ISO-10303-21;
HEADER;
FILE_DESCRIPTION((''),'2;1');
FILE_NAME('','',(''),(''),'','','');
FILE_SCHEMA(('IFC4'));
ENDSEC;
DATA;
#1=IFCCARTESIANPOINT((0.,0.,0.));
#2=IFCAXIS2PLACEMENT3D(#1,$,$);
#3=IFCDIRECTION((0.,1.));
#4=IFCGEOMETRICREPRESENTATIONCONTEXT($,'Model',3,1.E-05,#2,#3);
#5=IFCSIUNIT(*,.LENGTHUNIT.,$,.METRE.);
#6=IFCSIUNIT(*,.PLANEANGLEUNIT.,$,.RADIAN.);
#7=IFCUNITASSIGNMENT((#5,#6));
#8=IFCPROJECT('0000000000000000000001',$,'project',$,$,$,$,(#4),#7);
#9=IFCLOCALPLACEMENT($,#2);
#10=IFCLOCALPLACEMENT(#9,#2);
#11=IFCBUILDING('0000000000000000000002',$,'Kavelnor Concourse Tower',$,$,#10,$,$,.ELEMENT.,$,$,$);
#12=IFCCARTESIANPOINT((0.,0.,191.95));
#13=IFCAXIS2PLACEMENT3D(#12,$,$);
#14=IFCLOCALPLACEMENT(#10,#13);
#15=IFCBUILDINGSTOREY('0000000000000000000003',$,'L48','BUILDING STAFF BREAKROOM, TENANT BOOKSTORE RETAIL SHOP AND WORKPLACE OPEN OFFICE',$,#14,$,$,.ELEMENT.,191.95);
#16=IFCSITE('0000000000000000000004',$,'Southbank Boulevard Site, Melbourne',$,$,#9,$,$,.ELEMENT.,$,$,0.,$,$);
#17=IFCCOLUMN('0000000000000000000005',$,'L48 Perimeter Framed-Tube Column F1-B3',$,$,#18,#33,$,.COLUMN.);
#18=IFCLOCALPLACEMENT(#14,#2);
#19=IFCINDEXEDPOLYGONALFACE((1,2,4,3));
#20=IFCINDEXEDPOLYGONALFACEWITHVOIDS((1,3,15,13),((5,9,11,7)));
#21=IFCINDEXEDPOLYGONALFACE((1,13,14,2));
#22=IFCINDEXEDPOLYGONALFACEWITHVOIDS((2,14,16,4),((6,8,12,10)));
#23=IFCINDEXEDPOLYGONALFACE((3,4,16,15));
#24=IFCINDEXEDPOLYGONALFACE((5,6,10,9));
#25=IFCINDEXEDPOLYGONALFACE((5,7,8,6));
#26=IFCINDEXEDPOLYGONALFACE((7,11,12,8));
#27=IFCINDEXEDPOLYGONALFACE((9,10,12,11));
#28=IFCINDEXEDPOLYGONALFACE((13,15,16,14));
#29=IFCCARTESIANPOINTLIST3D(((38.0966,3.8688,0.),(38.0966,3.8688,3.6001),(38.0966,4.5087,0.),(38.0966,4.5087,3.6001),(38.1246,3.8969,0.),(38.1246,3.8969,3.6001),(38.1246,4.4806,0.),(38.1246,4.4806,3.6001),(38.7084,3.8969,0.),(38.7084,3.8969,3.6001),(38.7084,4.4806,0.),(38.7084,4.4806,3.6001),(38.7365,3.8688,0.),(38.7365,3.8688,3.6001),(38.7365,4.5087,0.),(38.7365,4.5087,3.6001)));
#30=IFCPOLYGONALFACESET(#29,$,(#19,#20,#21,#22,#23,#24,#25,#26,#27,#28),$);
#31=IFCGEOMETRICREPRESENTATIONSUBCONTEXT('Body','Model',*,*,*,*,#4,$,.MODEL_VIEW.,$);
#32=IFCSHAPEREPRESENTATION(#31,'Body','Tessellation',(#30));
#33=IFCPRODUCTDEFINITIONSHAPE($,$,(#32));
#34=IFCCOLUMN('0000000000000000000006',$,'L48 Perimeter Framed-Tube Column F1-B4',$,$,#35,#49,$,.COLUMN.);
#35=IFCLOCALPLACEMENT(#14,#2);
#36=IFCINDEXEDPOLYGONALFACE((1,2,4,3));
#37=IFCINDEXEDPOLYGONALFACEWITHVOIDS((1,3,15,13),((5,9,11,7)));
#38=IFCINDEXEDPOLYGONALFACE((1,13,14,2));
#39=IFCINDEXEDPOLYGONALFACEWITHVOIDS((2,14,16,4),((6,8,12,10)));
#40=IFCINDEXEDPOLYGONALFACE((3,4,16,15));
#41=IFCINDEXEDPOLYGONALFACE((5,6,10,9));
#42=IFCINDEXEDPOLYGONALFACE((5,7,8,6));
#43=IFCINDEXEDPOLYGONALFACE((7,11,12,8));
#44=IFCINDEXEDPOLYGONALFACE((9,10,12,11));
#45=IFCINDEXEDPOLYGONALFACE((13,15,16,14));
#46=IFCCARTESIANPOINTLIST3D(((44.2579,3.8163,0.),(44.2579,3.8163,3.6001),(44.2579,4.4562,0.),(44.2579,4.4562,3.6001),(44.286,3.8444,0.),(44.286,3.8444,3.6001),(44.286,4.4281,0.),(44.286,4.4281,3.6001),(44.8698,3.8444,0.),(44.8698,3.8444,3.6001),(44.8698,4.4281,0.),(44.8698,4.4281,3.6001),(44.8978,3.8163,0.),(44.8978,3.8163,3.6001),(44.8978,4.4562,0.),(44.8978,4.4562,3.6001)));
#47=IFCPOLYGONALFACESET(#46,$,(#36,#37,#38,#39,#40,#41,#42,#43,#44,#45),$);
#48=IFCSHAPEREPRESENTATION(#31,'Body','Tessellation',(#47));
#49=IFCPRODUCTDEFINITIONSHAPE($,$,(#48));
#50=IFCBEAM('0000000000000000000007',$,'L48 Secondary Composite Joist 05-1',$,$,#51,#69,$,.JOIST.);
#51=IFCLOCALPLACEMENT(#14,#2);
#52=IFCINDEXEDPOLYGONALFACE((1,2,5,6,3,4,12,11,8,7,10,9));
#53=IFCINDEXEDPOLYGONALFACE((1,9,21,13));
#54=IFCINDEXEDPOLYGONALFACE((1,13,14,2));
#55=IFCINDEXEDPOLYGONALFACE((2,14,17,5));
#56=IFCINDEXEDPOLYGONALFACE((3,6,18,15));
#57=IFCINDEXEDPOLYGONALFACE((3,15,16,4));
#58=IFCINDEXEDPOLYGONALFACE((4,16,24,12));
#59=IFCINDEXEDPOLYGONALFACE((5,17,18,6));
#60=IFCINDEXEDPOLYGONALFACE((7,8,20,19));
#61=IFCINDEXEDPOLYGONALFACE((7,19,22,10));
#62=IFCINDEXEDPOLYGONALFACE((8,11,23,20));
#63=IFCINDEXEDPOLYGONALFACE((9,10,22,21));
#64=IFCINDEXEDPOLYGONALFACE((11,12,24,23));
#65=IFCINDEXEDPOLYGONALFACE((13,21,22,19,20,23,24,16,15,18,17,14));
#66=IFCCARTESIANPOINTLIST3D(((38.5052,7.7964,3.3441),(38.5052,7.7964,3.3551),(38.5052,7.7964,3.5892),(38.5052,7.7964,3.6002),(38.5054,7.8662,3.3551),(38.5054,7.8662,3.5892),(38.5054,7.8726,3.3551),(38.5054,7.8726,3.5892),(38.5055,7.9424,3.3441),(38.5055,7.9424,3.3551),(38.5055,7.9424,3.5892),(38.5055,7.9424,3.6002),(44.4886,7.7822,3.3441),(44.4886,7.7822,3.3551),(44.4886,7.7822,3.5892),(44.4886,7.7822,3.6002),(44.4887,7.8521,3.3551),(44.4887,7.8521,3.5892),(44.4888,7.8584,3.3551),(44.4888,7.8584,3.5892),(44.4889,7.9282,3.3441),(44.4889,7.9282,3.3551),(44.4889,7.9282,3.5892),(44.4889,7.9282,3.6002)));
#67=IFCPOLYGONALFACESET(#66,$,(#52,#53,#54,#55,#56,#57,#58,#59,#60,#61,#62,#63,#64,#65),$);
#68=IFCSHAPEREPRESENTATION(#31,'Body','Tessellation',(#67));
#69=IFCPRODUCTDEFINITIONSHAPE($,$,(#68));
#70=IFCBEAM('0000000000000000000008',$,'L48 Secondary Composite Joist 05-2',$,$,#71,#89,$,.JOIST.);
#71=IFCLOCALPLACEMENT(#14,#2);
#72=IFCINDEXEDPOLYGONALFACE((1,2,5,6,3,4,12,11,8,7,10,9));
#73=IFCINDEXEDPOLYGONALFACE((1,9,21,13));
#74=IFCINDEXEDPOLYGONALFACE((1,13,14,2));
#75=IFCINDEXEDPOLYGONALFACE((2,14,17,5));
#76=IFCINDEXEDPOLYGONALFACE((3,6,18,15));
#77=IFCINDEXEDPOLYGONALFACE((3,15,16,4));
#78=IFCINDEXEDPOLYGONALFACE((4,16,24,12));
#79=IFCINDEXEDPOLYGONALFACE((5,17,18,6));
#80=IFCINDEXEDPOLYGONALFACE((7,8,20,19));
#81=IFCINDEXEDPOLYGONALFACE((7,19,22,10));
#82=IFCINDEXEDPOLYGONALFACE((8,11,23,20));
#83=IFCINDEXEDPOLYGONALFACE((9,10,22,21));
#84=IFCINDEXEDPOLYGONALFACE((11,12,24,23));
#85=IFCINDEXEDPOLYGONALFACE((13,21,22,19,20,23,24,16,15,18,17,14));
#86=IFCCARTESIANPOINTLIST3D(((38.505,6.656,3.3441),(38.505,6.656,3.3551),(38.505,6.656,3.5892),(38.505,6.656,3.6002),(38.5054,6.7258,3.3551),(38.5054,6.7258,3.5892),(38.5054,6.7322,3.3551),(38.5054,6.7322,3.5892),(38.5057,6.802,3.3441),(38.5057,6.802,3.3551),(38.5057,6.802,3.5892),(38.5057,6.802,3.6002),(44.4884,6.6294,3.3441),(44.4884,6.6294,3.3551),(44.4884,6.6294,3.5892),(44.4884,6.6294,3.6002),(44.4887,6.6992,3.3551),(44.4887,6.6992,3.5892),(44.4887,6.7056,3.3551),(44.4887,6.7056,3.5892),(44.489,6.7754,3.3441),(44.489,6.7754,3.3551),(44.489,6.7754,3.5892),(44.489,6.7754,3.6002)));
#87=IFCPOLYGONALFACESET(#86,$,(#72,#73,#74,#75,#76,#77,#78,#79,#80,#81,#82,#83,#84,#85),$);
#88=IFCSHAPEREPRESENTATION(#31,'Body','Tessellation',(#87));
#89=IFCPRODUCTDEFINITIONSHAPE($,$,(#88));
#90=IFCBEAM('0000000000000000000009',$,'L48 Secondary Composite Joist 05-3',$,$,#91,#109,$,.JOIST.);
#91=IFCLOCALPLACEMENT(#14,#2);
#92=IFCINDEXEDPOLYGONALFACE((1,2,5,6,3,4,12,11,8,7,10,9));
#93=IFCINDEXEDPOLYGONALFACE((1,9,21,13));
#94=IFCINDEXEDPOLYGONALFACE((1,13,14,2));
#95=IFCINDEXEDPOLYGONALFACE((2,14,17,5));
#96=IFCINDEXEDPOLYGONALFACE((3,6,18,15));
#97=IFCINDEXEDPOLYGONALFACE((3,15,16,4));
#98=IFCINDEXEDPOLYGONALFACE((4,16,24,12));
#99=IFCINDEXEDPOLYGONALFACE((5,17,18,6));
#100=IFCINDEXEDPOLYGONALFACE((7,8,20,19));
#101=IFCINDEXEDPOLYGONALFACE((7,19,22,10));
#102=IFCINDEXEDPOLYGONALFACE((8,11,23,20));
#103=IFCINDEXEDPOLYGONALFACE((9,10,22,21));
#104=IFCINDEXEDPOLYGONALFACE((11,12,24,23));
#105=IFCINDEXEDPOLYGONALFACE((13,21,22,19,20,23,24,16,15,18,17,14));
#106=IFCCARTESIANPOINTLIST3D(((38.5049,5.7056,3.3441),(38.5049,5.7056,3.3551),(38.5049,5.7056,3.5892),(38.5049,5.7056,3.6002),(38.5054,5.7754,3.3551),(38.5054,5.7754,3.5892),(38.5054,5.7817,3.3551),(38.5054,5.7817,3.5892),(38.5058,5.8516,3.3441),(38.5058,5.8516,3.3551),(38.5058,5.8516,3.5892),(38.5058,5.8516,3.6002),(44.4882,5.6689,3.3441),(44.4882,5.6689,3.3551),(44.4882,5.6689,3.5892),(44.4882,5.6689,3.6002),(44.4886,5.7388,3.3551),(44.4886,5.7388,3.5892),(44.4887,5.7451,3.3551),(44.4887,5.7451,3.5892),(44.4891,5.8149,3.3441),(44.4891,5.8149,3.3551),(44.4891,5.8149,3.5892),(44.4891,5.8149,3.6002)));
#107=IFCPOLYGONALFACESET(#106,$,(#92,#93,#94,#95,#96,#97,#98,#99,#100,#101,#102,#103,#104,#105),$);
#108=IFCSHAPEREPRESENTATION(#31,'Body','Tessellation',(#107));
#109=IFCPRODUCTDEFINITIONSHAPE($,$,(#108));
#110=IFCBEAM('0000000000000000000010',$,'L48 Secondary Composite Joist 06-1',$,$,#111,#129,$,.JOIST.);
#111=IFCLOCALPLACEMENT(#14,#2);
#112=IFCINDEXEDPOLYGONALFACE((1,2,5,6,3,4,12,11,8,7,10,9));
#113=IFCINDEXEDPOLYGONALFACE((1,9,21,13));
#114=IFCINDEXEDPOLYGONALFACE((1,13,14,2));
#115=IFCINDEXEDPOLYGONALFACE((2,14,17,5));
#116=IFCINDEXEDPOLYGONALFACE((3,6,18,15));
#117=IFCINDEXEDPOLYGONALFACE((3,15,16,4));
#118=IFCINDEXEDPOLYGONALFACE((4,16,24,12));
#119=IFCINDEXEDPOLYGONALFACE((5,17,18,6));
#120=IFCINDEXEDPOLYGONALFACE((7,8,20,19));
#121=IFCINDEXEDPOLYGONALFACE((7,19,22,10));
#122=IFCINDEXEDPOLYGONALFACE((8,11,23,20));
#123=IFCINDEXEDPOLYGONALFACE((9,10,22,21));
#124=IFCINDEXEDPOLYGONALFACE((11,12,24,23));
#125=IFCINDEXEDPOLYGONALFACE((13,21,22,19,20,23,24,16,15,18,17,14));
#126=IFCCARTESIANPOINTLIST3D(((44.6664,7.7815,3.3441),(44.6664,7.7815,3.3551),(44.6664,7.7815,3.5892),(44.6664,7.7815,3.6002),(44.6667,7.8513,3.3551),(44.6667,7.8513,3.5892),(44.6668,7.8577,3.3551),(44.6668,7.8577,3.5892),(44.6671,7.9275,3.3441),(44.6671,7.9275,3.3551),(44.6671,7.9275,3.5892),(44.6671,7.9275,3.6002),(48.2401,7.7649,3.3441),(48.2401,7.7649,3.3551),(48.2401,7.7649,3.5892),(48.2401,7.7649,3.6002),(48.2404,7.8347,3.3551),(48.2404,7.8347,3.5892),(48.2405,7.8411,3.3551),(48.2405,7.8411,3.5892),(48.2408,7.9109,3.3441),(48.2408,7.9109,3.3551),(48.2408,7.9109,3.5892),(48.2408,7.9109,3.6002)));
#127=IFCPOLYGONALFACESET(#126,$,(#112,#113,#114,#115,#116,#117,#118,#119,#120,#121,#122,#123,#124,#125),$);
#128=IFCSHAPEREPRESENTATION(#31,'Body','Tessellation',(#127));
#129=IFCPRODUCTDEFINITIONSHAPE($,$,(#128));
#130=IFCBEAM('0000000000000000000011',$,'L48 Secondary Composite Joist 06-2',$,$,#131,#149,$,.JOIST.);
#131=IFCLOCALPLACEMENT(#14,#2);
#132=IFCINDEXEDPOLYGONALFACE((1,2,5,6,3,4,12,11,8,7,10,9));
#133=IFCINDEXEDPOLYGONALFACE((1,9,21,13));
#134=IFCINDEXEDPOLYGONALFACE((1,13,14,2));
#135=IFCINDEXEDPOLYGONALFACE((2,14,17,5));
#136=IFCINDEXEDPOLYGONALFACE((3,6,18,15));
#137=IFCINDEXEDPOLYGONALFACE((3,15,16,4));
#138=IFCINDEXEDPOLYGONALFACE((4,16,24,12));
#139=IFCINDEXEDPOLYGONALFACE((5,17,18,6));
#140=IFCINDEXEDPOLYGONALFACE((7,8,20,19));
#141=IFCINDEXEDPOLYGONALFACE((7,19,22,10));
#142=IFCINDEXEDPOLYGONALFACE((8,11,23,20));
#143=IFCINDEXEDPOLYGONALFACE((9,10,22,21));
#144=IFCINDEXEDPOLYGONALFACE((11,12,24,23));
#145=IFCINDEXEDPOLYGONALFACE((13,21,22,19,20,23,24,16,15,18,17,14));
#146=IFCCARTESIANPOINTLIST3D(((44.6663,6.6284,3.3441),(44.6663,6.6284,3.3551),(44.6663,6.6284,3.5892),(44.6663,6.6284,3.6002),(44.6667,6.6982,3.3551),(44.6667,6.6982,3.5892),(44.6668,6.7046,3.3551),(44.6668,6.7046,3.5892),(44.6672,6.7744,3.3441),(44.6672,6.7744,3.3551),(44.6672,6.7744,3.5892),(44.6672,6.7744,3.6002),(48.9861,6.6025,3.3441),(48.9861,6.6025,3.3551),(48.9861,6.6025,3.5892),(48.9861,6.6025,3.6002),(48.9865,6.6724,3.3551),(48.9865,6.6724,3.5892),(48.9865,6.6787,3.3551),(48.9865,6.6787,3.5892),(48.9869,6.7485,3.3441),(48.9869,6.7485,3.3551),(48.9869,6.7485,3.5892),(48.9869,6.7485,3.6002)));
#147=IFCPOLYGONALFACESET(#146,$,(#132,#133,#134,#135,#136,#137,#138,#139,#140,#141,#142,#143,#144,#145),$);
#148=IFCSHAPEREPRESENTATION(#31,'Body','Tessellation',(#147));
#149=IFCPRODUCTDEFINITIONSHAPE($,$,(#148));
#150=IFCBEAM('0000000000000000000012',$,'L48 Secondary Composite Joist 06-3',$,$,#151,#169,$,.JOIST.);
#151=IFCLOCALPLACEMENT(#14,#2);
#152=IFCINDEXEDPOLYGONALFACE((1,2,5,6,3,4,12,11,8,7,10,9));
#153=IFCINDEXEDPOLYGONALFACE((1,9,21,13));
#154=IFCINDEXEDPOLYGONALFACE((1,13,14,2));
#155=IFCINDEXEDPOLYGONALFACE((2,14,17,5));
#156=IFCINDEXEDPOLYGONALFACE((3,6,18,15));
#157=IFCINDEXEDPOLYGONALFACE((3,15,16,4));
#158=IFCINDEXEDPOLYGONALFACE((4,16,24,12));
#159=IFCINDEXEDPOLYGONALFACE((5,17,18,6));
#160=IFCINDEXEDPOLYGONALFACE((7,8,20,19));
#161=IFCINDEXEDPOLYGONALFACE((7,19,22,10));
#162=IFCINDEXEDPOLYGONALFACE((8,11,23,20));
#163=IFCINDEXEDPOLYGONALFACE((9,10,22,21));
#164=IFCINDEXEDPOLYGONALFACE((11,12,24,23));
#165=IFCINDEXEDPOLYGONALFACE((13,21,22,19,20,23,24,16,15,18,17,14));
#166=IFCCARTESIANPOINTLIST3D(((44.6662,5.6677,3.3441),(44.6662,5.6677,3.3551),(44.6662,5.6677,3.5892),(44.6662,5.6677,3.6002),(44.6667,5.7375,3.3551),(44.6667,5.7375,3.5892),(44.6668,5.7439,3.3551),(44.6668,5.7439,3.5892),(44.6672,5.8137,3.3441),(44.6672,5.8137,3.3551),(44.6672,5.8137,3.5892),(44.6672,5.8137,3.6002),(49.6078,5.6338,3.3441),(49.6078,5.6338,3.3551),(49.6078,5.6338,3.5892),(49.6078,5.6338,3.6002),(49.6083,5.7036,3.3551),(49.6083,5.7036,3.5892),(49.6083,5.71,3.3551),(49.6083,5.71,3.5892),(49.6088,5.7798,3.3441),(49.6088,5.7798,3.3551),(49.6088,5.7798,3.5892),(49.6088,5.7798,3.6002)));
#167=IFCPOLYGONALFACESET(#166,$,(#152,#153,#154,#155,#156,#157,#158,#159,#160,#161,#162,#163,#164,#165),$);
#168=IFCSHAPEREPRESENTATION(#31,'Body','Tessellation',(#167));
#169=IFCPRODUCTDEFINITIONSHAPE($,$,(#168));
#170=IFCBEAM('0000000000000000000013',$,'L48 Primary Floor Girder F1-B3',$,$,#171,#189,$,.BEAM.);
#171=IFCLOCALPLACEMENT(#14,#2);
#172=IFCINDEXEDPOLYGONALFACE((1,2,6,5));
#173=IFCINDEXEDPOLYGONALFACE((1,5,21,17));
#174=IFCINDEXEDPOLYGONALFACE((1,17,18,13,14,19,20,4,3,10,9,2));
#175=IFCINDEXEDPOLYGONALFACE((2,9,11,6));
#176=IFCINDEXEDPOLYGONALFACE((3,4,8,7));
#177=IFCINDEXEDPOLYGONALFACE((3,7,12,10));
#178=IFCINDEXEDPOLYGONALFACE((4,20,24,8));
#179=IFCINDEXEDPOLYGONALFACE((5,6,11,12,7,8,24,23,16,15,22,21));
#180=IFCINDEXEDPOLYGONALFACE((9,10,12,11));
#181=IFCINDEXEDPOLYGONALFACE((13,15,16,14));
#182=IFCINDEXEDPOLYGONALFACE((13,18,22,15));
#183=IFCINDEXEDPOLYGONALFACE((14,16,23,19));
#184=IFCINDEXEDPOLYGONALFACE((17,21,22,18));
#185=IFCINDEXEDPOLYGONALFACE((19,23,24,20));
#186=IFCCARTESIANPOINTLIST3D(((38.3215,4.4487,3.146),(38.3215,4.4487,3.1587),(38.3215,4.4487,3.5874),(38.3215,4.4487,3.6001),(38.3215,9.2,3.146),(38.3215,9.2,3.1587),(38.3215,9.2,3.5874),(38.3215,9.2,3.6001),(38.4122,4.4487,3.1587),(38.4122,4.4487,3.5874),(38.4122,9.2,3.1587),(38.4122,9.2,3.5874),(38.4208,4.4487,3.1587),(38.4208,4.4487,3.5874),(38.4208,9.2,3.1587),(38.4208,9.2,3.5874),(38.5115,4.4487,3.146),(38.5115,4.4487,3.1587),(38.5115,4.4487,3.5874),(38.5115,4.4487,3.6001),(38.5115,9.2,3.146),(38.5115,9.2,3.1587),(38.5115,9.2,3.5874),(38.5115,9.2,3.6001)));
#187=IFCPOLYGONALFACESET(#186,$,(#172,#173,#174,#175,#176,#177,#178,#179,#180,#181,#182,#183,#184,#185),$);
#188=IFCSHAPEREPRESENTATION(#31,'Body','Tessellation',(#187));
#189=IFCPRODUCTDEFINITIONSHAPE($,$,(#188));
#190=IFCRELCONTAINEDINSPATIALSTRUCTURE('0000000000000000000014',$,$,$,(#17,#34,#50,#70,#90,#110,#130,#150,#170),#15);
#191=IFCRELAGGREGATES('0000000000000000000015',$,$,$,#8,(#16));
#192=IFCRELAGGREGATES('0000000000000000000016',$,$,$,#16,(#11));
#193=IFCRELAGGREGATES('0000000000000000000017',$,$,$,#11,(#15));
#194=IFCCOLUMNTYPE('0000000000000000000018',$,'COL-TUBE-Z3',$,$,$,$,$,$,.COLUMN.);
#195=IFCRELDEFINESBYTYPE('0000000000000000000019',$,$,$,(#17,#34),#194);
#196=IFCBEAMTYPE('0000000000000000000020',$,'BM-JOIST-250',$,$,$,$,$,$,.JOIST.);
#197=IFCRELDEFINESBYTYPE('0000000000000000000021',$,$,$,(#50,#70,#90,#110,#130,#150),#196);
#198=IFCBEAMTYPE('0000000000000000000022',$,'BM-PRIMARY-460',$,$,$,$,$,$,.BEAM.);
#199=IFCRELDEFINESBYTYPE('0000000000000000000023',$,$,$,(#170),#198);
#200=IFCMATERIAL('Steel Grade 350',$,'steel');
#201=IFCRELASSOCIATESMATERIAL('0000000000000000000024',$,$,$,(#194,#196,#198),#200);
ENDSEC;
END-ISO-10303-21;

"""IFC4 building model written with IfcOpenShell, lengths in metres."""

from ifc_helpers import new_model, si_unit, direction, frame, origin, origin_2d, place, context, subcontext, project, spatial, hollow_rectangle, i_section, extrude, material, material_profile, profile_set, type_object, element, save


model = new_model("IFC4")

# Units and contexts
model_context = context("Model", 3, precision=1e-05, world=origin(), true_north=direction((0.0, 1.0)))
body_context = subcontext(model_context, "Body", "Model", "MODEL_VIEW")
ifc_project = project(units=[si_unit("LENGTHUNIT", "METRE"), si_unit("PLANEANGLEUNIT", "RADIAN")], contexts=[model_context])

# Site, building, storey
site_placement = place(None, origin())
site = spatial("IfcSite", under=ifc_project, at=site_placement, Name="Southbank Boulevard Site, Melbourne", CompositionType="ELEMENT", RefElevation=0.0)
building_placement = place(site_placement, origin())
building = spatial("IfcBuilding", under=site, at=building_placement, Name="Kavelnor Concourse Tower", CompositionType="ELEMENT")
storey_placement = place(building_placement, frame((0.0, 0.0, 191.95)))
storey = spatial("IfcBuildingStorey", under=building, at=storey_placement, Name="L48", Description="BUILDING STAFF BREAKROOM, TENANT BOOKSTORE RETAIL SHOP AND WORKPLACE OPEN OFFICE", CompositionType="ELEMENT", Elevation=191.95)

# Columns
ifc_material_1 = material(Name="Steel Grade 350", Category="steel")
ifc_material_profile_1 = material_profile(ifc_material_1, hollow_rectangle(XDim=0.6399, YDim=0.6399, WallThickness=0.0281, at=origin_2d()), Name="SHS 640x640x28")
ifc_profile_set_1 = profile_set([ifc_material_profile_1], Name="Steel Grade 350")
column_type = type_object("IfcColumnType", Name="COL-TUBE-Z3", PredefinedType="COLUMN", material=ifc_profile_set_1)
for number, where, z_axis, x_axis, name in (
    (1, (38.4165, 4.1887, 0.0), (0.0, 0.0, 1.0), (1.0, 0.0, 0.0), "L48 Perimeter Framed-Tube Column F1-B3"),
    (2, (44.5779, 4.1362, 0.0), (0.0, 0.0, 1.0), (1.0, 0.0, 0.0), "L48 Perimeter Framed-Tube Column F1-B4"),
):
    element("IfcColumn", number, at=place(storey_placement, frame(where, z_axis=z_axis, x_axis=x_axis)), inside=storey, type_object=column_type, Name=name, PredefinedType="COLUMN", context=body_context, shape_type="SweptSolid", body=[
        extrude(hollow_rectangle(XDim=0.6399, YDim=0.6399, WallThickness=0.0281, at=origin_2d()), origin(), (0.0, 0.0, 1.0), 3.6001),
    ])

# Beams
ifc_material_profile_2 = material_profile(ifc_material_1, i_section(OverallWidth=0.146, OverallDepth=0.2561, WebThickness=0.0063, FlangeThickness=0.011, at=origin_2d()), Name="250UB37")
ifc_profile_set_2 = profile_set([ifc_material_profile_2], Name="Steel Grade 350")
beam_type_1 = type_object("IfcBeamType", Name="BM-JOIST-250", PredefinedType="JOIST", material=ifc_profile_set_2)
for number, where, z_axis, x_axis, name in (
    (3, (38.5054, 7.8694, 3.4722), (0.999997, -0.002367, 0.0), (0.002367, 0.999997, 0.0), "L48 Secondary Composite Joist 05-1"),
    (4, (38.5054, 6.729, 3.4722), (0.99999, -0.004447, 0.0), (0.004447, 0.99999, 0.0), "L48 Secondary Composite Joist 05-2"),
    (5, (38.5054, 5.7786, 3.4722), (0.999981, -0.00612, 0.0), (0.00612, 0.999981, 0.0), "L48 Secondary Composite Joist 05-3"),
):
    element("IfcBeam", number, at=place(storey_placement, frame(where, z_axis=z_axis, x_axis=x_axis)), inside=storey, type_object=beam_type_1, Name=name, PredefinedType="JOIST", context=body_context, shape_type="SweptSolid", body=[
        extrude(i_section(OverallWidth=0.146, OverallDepth=0.2561, WebThickness=0.0063, FlangeThickness=0.011, at=origin_2d()), origin(), (0.0, 0.0, 1.0), 5.9834),
    ])
beam_1_placement = place(storey_placement, frame((44.6667, 7.8545, 3.4722), z_axis=(0.999989, -0.004645, 0.0), x_axis=(0.004645, 0.999989, 0.0)))
element("IfcBeam", 6, at=beam_1_placement, inside=storey, type_object=beam_type_1, Name="L48 Secondary Composite Joist 06-1", PredefinedType="JOIST", context=body_context, shape_type="SweptSolid", body=[
    extrude(i_section(OverallWidth=0.146, OverallDepth=0.2561, WebThickness=0.0063, FlangeThickness=0.011, at=origin_2d()), origin(), (0.0, 0.0, 1.0), 3.5737),
])
beam_2_placement = place(storey_placement, frame((44.6667, 6.7014, 3.4722), z_axis=(0.999982, -0.005991, 0.0), x_axis=(0.005991, 0.999982, 0.0)))
element("IfcBeam", 7, at=beam_2_placement, inside=storey, type_object=beam_type_1, Name="L48 Secondary Composite Joist 06-2", PredefinedType="JOIST", context=body_context, shape_type="SweptSolid", body=[
    extrude(i_section(OverallWidth=0.146, OverallDepth=0.2561, WebThickness=0.0063, FlangeThickness=0.011, at=origin_2d()), origin(), (0.0, 0.0, 1.0), 4.3198),
])
beam_3_placement = place(storey_placement, frame((44.6667, 5.7407, 3.4722), z_axis=(0.999976, -0.006867, 0.0), x_axis=(0.006867, 0.999976, 0.0)))
element("IfcBeam", 8, at=beam_3_placement, inside=storey, type_object=beam_type_1, Name="L48 Secondary Composite Joist 06-3", PredefinedType="JOIST", context=body_context, shape_type="SweptSolid", body=[
    extrude(i_section(OverallWidth=0.146, OverallDepth=0.2561, WebThickness=0.0063, FlangeThickness=0.011, at=origin_2d()), origin(), (0.0, 0.0, 1.0), 4.9417),
])
ifc_material_profile_3 = material_profile(ifc_material_1, i_section(OverallWidth=0.1899, OverallDepth=0.4541, WebThickness=0.0085, FlangeThickness=0.0127, at=origin_2d()), Name="460UB67")
ifc_profile_set_3 = profile_set([ifc_material_profile_3], Name="Steel Grade 350")
beam_type_2 = type_object("IfcBeamType", Name="BM-PRIMARY-460", PredefinedType="BEAM", material=ifc_profile_set_3)
beam_4_placement = place(storey_placement, frame((38.4165, 9.2, 3.373), z_axis=(0.0, -1.0, 0.0), x_axis=(1.0, 0.0, 0.0)))
element("IfcBeam", 9, at=beam_4_placement, inside=storey, type_object=beam_type_2, Name="L48 Primary Floor Girder F1-B3", PredefinedType="BEAM", context=body_context, shape_type="SweptSolid", body=[
    extrude(i_section(OverallWidth=0.1899, OverallDepth=0.4541, WebThickness=0.0085, FlangeThickness=0.0127, at=origin_2d()), origin(), (0.0, 0.0, 1.0), 4.7512),
])

save(model, "model.ifc")
